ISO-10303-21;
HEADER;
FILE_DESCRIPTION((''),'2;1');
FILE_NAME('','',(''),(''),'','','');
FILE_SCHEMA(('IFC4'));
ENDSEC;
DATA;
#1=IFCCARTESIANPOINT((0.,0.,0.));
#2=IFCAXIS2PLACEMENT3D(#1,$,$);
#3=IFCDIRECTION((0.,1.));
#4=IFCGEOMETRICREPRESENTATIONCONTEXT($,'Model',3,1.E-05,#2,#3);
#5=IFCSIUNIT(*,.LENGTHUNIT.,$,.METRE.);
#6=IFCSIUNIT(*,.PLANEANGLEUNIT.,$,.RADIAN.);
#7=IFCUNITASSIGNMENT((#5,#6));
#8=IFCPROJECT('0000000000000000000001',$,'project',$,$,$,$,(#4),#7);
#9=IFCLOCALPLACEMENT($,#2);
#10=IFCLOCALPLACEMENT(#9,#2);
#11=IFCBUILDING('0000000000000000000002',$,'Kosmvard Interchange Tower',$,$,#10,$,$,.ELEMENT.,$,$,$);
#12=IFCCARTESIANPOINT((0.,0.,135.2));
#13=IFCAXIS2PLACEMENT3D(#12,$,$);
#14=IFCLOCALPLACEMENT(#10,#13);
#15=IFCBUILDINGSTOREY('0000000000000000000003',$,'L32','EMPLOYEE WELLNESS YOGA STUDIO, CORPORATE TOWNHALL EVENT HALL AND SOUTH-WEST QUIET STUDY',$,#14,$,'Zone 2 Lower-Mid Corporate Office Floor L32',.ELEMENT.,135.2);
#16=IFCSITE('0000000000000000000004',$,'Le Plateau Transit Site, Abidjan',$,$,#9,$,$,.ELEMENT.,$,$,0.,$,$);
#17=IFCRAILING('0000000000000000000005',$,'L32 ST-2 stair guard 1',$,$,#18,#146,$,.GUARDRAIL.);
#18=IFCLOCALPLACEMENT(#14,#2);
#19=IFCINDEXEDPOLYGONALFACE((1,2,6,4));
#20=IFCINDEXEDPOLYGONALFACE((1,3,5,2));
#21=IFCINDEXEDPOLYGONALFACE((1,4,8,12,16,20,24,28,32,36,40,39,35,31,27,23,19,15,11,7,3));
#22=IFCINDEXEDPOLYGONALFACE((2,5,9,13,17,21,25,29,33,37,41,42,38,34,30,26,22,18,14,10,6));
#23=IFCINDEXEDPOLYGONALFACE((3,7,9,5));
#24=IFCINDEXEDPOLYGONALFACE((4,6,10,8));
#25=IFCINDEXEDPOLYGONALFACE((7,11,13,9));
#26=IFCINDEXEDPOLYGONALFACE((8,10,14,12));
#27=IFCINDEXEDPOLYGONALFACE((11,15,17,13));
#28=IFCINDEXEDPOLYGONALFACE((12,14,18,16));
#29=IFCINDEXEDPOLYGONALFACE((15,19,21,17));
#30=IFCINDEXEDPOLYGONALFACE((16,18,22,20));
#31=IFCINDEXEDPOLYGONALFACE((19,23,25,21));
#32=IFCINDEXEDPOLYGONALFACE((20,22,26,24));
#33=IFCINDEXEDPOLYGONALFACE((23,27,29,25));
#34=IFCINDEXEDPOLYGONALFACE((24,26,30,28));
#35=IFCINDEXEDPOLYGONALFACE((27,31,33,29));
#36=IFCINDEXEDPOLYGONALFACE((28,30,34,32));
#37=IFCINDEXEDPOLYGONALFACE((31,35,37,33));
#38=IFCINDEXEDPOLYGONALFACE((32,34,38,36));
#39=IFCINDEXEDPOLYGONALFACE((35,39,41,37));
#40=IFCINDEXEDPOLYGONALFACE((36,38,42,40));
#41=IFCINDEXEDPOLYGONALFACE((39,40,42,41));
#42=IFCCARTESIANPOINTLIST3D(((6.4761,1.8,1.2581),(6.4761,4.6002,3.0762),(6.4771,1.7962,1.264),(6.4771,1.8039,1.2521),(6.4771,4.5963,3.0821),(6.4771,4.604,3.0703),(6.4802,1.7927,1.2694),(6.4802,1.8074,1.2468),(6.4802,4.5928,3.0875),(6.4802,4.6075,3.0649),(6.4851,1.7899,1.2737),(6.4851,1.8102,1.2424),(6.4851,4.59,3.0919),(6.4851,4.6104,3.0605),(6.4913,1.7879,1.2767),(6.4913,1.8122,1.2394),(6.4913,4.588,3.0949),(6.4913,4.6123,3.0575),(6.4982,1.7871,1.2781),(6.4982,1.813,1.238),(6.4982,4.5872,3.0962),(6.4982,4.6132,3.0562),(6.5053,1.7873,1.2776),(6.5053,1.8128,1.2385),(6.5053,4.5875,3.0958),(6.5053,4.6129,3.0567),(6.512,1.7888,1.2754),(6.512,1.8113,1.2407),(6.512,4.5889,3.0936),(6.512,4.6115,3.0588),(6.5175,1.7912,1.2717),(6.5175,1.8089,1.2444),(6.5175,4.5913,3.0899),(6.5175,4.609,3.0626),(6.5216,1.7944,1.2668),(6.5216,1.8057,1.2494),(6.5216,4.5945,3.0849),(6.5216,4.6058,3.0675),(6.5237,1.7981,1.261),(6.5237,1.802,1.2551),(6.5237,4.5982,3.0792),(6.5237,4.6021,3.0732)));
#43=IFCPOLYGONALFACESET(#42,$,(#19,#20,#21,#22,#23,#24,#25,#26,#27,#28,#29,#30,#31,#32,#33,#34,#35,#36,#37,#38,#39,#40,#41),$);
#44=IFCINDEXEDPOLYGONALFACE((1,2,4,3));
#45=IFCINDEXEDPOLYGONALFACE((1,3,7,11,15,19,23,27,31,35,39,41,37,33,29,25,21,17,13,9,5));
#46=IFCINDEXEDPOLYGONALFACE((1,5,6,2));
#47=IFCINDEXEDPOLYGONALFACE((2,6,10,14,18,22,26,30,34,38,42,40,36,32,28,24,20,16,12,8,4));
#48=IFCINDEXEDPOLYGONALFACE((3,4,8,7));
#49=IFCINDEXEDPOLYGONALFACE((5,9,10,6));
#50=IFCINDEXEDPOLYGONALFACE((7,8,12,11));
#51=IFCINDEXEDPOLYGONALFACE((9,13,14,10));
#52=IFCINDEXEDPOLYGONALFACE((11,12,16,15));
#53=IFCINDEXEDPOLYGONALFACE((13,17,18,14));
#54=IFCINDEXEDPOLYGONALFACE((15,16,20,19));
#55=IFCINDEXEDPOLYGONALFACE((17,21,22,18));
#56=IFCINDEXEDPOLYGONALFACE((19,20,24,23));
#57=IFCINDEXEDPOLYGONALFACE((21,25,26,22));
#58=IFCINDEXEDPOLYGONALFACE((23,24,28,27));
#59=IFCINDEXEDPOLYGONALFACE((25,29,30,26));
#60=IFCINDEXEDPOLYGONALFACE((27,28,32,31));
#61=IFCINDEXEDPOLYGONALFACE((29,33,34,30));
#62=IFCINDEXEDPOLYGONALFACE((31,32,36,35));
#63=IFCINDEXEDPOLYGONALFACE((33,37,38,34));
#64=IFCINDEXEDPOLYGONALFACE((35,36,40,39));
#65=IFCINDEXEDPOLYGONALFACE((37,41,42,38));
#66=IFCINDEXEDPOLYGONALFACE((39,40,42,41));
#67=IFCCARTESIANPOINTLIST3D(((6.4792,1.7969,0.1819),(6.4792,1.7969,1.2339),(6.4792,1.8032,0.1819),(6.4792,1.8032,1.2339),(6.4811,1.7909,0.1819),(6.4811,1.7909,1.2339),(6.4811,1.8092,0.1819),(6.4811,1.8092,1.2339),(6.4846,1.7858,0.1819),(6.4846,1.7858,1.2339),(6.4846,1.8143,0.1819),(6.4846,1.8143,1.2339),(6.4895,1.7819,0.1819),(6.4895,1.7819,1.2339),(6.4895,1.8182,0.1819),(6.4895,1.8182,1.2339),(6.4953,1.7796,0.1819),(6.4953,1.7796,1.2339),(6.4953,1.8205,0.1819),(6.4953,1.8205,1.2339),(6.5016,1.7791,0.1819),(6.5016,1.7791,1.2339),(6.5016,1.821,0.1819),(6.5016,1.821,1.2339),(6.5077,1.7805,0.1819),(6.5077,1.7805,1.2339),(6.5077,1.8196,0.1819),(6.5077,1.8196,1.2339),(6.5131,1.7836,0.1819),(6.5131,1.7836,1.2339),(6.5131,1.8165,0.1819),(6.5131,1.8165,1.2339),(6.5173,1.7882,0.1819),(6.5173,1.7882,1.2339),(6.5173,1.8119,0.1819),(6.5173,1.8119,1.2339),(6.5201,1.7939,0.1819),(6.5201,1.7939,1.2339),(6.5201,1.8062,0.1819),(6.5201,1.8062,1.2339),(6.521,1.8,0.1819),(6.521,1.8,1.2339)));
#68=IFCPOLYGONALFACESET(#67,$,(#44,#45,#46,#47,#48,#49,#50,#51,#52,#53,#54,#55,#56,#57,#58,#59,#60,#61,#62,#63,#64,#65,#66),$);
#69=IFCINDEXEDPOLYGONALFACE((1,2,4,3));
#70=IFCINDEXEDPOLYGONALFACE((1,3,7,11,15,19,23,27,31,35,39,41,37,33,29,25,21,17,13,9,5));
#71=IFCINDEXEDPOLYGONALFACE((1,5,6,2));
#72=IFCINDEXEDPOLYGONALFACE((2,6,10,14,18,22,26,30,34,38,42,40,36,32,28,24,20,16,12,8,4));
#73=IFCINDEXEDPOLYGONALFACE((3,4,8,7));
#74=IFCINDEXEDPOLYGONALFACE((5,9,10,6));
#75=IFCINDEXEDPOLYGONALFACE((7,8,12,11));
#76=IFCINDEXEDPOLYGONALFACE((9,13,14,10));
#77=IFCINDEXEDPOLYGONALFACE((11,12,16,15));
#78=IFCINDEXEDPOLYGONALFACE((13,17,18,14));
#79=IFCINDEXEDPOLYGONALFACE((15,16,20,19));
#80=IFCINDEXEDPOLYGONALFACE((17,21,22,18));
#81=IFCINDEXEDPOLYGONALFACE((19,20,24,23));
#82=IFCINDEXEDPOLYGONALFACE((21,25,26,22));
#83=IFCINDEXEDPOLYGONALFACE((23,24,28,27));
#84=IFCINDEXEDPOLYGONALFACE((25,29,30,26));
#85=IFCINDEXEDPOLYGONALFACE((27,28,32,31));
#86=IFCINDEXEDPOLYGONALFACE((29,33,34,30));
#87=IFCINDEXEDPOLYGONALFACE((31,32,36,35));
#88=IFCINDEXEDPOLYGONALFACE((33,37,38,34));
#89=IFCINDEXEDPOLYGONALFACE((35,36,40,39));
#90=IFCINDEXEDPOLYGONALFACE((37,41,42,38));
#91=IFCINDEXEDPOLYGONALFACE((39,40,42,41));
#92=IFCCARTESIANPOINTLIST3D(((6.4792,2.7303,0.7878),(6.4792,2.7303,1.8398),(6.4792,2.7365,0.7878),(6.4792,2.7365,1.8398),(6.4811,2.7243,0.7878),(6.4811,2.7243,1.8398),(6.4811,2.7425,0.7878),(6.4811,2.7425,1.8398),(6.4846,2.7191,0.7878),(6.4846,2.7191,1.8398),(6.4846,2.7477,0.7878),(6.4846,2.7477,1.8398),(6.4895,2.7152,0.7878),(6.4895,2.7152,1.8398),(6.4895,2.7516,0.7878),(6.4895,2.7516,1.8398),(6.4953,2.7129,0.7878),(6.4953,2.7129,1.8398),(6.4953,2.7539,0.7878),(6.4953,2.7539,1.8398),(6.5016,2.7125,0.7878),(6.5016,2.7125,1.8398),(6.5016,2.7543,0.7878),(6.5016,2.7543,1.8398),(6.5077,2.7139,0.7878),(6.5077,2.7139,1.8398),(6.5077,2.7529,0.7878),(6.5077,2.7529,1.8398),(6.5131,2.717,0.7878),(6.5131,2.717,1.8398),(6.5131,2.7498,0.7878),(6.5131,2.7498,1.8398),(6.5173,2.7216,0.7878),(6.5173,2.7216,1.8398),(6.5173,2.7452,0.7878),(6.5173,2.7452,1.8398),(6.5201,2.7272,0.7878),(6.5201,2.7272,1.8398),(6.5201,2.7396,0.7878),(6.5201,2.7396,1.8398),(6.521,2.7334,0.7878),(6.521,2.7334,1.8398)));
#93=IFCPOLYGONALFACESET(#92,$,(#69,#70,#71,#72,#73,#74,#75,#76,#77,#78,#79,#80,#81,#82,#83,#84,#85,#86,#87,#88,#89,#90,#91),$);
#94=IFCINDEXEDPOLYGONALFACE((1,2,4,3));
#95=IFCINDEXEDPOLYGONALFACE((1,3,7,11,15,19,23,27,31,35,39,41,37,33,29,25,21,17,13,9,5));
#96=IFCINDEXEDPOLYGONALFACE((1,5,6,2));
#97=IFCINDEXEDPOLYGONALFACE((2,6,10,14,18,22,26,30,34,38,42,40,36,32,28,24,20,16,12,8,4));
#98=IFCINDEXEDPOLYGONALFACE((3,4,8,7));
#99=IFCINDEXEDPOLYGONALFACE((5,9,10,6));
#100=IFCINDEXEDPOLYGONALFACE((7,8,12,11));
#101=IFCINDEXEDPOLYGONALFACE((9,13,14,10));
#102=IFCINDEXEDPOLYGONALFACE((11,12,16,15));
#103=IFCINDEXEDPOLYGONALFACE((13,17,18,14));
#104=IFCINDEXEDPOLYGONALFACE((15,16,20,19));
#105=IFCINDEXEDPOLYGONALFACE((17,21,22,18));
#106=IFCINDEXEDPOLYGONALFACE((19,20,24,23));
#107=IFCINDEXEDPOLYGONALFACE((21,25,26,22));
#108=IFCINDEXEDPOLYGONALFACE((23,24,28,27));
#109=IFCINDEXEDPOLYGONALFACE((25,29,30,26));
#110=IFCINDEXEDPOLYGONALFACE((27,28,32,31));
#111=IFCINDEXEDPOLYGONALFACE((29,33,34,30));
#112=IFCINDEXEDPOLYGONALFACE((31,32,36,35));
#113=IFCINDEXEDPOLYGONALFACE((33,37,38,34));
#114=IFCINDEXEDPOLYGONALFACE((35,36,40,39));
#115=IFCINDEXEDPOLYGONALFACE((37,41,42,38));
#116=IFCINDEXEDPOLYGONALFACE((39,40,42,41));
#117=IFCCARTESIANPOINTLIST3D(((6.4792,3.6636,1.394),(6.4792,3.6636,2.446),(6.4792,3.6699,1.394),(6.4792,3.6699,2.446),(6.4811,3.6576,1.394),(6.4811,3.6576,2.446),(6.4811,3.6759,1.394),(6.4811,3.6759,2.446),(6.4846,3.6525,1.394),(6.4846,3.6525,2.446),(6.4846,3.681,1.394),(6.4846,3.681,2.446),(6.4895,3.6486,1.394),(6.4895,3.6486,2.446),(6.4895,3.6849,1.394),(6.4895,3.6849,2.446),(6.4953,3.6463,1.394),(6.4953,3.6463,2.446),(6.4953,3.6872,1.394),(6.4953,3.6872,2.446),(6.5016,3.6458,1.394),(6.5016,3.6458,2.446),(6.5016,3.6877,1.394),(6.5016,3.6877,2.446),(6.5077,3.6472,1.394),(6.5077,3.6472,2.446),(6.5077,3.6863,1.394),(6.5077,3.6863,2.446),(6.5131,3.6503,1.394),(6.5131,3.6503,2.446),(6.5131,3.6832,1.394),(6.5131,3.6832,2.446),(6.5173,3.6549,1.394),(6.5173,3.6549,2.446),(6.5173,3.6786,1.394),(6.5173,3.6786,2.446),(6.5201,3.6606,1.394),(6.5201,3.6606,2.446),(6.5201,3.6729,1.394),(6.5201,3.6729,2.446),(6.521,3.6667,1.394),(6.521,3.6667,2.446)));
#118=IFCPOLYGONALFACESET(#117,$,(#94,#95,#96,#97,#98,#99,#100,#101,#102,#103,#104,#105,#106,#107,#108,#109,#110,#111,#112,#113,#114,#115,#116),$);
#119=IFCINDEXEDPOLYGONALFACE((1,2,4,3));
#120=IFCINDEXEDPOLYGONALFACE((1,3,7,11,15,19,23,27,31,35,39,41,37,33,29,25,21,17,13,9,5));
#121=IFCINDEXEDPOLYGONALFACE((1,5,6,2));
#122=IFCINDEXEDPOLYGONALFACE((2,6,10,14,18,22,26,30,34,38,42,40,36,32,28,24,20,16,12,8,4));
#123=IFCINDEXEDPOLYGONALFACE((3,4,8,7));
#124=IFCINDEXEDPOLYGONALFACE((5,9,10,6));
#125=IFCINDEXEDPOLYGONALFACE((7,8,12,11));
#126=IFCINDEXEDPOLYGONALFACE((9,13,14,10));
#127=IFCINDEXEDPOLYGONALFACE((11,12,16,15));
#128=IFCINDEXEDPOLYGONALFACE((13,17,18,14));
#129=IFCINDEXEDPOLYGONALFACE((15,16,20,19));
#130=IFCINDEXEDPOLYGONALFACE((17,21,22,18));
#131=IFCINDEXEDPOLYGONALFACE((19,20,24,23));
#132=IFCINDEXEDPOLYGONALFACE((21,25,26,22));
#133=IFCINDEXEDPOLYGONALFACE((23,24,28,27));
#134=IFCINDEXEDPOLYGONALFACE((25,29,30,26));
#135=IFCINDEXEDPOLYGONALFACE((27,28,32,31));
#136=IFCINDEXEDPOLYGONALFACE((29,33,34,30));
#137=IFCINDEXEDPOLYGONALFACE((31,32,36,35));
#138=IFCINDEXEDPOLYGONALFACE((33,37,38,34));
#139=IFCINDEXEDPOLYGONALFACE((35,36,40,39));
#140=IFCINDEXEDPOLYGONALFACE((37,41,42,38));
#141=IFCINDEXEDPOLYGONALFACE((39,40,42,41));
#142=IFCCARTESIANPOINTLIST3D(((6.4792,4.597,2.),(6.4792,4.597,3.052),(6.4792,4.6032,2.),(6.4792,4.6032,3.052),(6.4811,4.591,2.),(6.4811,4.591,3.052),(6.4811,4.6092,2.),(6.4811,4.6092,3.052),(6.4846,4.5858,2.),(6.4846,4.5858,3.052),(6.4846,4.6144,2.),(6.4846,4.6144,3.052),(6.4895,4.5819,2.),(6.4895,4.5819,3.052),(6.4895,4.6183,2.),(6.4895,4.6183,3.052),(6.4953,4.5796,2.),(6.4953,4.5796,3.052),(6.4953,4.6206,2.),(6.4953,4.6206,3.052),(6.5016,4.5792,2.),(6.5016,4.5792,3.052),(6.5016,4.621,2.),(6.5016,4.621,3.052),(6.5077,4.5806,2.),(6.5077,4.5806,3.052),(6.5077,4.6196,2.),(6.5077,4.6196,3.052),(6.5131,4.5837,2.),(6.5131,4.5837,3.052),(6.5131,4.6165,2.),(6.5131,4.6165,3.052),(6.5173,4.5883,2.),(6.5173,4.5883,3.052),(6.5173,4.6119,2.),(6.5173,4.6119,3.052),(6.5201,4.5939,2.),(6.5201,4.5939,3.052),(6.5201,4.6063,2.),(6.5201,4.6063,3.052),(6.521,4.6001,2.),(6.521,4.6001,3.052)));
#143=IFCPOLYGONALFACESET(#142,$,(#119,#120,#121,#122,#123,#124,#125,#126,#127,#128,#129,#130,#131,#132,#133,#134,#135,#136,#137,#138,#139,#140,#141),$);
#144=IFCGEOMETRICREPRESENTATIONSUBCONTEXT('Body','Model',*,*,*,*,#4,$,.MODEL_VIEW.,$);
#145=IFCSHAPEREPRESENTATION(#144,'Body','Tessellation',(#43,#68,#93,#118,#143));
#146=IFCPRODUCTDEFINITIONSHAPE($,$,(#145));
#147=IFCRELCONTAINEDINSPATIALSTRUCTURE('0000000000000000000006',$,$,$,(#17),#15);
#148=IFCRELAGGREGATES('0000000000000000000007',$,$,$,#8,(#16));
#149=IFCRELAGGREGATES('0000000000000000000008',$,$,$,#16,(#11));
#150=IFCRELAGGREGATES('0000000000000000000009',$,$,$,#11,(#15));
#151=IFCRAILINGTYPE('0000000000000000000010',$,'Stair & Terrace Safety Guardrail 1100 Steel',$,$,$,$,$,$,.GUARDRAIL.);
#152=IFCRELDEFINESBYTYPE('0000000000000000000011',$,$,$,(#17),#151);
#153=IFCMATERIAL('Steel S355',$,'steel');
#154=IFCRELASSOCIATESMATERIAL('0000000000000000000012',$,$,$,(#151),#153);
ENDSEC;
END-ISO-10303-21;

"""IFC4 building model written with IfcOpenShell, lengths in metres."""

from ifc_helpers import new_model, si_unit, direction, frame, origin, origin_2d, place, context, subcontext, project, spatial, circle, extrude, source, transform, mapped, material, type_object, element, save


model = new_model("IFC4")

# Units and contexts
model_context = context("Model", 3, precision=1e-05, world=origin(), true_north=direction((0.0, 1.0)))
body_context = subcontext(model_context, "Body", "Model", "MODEL_VIEW")
ifc_project = project(units=[si_unit("LENGTHUNIT", "METRE"), si_unit("PLANEANGLEUNIT", "RADIAN")], contexts=[model_context])

# Site, building, storey
site_placement = place(None, origin())
site = spatial("IfcSite", under=ifc_project, at=site_placement, Name="Le Plateau Transit Site, Abidjan", CompositionType="ELEMENT", RefElevation=0.0)
building_placement = place(site_placement, origin())
building = spatial("IfcBuilding", under=site, at=building_placement, Name="Kosmvard Interchange Tower", CompositionType="ELEMENT")
storey_placement = place(building_placement, frame((0.0, 0.0, 135.2)))
storey = spatial("IfcBuildingStorey", under=building, at=storey_placement, Name="L32", Description="EMPLOYEE WELLNESS YOGA STUDIO, CORPORATE TOWNHALL EVENT HALL AND SOUTH-WEST QUIET STUDY", LongName="Zone 2 Lower-Mid Corporate Office Floor L32", CompositionType="ELEMENT", Elevation=135.2)

# Shared definitions
ifc_material_1 = material(Name="Steel S355", Category="steel")

# Railing
railing_type_1 = type_object("IfcRailingType", Name="Stair & Terrace Safety Guardrail 1100 Steel", PredefinedType="GUARDRAIL", material=ifc_material_1)
shared_shape_1 = source(origin(), body_context, "Body", "SweptSolid", [
    extrude(circle(Radius=0.0239, at=origin_2d()), frame((0.0, 0.0, 1.0762), z_axis=(0.0, 0.838706, 0.544585), x_axis=(-1.0, 0.0, 0.0)), (0.0, 0.0, 1.0), 3.3386),
    extrude(circle(Radius=0.021, at=origin_2d()), origin(), (0.0, 0.0, 1.0), 1.052),
    extrude(circle(Radius=0.021, at=origin_2d()), frame((0.0, 0.9333, 0.606)), (0.0, 0.0, 1.0), 1.052),
    extrude(circle(Radius=0.021, at=origin_2d()), frame((0.0, 1.8667, 1.2122)), (0.0, 0.0, 1.0), 1.052),
    extrude(circle(Radius=0.021, at=origin_2d()), frame((0.0, 2.8, 1.8181)), (0.0, 0.0, 1.0), 1.052),
])
railing_1_placement = place(storey_placement, frame((6.5, 1.8, 0.1819)))
element("IfcRailing", 1, at=railing_1_placement, inside=storey, type_object=railing_type_1, Name="L32 ST-2 stair guard 1", PredefinedType="GUARDRAIL", context=body_context, shape_type="MappedRepresentation", body=[
    mapped(shared_shape_1, transform((0.0, 0.0, 0.0), scale=1.0)),
])

save(model, "model.ifc")
